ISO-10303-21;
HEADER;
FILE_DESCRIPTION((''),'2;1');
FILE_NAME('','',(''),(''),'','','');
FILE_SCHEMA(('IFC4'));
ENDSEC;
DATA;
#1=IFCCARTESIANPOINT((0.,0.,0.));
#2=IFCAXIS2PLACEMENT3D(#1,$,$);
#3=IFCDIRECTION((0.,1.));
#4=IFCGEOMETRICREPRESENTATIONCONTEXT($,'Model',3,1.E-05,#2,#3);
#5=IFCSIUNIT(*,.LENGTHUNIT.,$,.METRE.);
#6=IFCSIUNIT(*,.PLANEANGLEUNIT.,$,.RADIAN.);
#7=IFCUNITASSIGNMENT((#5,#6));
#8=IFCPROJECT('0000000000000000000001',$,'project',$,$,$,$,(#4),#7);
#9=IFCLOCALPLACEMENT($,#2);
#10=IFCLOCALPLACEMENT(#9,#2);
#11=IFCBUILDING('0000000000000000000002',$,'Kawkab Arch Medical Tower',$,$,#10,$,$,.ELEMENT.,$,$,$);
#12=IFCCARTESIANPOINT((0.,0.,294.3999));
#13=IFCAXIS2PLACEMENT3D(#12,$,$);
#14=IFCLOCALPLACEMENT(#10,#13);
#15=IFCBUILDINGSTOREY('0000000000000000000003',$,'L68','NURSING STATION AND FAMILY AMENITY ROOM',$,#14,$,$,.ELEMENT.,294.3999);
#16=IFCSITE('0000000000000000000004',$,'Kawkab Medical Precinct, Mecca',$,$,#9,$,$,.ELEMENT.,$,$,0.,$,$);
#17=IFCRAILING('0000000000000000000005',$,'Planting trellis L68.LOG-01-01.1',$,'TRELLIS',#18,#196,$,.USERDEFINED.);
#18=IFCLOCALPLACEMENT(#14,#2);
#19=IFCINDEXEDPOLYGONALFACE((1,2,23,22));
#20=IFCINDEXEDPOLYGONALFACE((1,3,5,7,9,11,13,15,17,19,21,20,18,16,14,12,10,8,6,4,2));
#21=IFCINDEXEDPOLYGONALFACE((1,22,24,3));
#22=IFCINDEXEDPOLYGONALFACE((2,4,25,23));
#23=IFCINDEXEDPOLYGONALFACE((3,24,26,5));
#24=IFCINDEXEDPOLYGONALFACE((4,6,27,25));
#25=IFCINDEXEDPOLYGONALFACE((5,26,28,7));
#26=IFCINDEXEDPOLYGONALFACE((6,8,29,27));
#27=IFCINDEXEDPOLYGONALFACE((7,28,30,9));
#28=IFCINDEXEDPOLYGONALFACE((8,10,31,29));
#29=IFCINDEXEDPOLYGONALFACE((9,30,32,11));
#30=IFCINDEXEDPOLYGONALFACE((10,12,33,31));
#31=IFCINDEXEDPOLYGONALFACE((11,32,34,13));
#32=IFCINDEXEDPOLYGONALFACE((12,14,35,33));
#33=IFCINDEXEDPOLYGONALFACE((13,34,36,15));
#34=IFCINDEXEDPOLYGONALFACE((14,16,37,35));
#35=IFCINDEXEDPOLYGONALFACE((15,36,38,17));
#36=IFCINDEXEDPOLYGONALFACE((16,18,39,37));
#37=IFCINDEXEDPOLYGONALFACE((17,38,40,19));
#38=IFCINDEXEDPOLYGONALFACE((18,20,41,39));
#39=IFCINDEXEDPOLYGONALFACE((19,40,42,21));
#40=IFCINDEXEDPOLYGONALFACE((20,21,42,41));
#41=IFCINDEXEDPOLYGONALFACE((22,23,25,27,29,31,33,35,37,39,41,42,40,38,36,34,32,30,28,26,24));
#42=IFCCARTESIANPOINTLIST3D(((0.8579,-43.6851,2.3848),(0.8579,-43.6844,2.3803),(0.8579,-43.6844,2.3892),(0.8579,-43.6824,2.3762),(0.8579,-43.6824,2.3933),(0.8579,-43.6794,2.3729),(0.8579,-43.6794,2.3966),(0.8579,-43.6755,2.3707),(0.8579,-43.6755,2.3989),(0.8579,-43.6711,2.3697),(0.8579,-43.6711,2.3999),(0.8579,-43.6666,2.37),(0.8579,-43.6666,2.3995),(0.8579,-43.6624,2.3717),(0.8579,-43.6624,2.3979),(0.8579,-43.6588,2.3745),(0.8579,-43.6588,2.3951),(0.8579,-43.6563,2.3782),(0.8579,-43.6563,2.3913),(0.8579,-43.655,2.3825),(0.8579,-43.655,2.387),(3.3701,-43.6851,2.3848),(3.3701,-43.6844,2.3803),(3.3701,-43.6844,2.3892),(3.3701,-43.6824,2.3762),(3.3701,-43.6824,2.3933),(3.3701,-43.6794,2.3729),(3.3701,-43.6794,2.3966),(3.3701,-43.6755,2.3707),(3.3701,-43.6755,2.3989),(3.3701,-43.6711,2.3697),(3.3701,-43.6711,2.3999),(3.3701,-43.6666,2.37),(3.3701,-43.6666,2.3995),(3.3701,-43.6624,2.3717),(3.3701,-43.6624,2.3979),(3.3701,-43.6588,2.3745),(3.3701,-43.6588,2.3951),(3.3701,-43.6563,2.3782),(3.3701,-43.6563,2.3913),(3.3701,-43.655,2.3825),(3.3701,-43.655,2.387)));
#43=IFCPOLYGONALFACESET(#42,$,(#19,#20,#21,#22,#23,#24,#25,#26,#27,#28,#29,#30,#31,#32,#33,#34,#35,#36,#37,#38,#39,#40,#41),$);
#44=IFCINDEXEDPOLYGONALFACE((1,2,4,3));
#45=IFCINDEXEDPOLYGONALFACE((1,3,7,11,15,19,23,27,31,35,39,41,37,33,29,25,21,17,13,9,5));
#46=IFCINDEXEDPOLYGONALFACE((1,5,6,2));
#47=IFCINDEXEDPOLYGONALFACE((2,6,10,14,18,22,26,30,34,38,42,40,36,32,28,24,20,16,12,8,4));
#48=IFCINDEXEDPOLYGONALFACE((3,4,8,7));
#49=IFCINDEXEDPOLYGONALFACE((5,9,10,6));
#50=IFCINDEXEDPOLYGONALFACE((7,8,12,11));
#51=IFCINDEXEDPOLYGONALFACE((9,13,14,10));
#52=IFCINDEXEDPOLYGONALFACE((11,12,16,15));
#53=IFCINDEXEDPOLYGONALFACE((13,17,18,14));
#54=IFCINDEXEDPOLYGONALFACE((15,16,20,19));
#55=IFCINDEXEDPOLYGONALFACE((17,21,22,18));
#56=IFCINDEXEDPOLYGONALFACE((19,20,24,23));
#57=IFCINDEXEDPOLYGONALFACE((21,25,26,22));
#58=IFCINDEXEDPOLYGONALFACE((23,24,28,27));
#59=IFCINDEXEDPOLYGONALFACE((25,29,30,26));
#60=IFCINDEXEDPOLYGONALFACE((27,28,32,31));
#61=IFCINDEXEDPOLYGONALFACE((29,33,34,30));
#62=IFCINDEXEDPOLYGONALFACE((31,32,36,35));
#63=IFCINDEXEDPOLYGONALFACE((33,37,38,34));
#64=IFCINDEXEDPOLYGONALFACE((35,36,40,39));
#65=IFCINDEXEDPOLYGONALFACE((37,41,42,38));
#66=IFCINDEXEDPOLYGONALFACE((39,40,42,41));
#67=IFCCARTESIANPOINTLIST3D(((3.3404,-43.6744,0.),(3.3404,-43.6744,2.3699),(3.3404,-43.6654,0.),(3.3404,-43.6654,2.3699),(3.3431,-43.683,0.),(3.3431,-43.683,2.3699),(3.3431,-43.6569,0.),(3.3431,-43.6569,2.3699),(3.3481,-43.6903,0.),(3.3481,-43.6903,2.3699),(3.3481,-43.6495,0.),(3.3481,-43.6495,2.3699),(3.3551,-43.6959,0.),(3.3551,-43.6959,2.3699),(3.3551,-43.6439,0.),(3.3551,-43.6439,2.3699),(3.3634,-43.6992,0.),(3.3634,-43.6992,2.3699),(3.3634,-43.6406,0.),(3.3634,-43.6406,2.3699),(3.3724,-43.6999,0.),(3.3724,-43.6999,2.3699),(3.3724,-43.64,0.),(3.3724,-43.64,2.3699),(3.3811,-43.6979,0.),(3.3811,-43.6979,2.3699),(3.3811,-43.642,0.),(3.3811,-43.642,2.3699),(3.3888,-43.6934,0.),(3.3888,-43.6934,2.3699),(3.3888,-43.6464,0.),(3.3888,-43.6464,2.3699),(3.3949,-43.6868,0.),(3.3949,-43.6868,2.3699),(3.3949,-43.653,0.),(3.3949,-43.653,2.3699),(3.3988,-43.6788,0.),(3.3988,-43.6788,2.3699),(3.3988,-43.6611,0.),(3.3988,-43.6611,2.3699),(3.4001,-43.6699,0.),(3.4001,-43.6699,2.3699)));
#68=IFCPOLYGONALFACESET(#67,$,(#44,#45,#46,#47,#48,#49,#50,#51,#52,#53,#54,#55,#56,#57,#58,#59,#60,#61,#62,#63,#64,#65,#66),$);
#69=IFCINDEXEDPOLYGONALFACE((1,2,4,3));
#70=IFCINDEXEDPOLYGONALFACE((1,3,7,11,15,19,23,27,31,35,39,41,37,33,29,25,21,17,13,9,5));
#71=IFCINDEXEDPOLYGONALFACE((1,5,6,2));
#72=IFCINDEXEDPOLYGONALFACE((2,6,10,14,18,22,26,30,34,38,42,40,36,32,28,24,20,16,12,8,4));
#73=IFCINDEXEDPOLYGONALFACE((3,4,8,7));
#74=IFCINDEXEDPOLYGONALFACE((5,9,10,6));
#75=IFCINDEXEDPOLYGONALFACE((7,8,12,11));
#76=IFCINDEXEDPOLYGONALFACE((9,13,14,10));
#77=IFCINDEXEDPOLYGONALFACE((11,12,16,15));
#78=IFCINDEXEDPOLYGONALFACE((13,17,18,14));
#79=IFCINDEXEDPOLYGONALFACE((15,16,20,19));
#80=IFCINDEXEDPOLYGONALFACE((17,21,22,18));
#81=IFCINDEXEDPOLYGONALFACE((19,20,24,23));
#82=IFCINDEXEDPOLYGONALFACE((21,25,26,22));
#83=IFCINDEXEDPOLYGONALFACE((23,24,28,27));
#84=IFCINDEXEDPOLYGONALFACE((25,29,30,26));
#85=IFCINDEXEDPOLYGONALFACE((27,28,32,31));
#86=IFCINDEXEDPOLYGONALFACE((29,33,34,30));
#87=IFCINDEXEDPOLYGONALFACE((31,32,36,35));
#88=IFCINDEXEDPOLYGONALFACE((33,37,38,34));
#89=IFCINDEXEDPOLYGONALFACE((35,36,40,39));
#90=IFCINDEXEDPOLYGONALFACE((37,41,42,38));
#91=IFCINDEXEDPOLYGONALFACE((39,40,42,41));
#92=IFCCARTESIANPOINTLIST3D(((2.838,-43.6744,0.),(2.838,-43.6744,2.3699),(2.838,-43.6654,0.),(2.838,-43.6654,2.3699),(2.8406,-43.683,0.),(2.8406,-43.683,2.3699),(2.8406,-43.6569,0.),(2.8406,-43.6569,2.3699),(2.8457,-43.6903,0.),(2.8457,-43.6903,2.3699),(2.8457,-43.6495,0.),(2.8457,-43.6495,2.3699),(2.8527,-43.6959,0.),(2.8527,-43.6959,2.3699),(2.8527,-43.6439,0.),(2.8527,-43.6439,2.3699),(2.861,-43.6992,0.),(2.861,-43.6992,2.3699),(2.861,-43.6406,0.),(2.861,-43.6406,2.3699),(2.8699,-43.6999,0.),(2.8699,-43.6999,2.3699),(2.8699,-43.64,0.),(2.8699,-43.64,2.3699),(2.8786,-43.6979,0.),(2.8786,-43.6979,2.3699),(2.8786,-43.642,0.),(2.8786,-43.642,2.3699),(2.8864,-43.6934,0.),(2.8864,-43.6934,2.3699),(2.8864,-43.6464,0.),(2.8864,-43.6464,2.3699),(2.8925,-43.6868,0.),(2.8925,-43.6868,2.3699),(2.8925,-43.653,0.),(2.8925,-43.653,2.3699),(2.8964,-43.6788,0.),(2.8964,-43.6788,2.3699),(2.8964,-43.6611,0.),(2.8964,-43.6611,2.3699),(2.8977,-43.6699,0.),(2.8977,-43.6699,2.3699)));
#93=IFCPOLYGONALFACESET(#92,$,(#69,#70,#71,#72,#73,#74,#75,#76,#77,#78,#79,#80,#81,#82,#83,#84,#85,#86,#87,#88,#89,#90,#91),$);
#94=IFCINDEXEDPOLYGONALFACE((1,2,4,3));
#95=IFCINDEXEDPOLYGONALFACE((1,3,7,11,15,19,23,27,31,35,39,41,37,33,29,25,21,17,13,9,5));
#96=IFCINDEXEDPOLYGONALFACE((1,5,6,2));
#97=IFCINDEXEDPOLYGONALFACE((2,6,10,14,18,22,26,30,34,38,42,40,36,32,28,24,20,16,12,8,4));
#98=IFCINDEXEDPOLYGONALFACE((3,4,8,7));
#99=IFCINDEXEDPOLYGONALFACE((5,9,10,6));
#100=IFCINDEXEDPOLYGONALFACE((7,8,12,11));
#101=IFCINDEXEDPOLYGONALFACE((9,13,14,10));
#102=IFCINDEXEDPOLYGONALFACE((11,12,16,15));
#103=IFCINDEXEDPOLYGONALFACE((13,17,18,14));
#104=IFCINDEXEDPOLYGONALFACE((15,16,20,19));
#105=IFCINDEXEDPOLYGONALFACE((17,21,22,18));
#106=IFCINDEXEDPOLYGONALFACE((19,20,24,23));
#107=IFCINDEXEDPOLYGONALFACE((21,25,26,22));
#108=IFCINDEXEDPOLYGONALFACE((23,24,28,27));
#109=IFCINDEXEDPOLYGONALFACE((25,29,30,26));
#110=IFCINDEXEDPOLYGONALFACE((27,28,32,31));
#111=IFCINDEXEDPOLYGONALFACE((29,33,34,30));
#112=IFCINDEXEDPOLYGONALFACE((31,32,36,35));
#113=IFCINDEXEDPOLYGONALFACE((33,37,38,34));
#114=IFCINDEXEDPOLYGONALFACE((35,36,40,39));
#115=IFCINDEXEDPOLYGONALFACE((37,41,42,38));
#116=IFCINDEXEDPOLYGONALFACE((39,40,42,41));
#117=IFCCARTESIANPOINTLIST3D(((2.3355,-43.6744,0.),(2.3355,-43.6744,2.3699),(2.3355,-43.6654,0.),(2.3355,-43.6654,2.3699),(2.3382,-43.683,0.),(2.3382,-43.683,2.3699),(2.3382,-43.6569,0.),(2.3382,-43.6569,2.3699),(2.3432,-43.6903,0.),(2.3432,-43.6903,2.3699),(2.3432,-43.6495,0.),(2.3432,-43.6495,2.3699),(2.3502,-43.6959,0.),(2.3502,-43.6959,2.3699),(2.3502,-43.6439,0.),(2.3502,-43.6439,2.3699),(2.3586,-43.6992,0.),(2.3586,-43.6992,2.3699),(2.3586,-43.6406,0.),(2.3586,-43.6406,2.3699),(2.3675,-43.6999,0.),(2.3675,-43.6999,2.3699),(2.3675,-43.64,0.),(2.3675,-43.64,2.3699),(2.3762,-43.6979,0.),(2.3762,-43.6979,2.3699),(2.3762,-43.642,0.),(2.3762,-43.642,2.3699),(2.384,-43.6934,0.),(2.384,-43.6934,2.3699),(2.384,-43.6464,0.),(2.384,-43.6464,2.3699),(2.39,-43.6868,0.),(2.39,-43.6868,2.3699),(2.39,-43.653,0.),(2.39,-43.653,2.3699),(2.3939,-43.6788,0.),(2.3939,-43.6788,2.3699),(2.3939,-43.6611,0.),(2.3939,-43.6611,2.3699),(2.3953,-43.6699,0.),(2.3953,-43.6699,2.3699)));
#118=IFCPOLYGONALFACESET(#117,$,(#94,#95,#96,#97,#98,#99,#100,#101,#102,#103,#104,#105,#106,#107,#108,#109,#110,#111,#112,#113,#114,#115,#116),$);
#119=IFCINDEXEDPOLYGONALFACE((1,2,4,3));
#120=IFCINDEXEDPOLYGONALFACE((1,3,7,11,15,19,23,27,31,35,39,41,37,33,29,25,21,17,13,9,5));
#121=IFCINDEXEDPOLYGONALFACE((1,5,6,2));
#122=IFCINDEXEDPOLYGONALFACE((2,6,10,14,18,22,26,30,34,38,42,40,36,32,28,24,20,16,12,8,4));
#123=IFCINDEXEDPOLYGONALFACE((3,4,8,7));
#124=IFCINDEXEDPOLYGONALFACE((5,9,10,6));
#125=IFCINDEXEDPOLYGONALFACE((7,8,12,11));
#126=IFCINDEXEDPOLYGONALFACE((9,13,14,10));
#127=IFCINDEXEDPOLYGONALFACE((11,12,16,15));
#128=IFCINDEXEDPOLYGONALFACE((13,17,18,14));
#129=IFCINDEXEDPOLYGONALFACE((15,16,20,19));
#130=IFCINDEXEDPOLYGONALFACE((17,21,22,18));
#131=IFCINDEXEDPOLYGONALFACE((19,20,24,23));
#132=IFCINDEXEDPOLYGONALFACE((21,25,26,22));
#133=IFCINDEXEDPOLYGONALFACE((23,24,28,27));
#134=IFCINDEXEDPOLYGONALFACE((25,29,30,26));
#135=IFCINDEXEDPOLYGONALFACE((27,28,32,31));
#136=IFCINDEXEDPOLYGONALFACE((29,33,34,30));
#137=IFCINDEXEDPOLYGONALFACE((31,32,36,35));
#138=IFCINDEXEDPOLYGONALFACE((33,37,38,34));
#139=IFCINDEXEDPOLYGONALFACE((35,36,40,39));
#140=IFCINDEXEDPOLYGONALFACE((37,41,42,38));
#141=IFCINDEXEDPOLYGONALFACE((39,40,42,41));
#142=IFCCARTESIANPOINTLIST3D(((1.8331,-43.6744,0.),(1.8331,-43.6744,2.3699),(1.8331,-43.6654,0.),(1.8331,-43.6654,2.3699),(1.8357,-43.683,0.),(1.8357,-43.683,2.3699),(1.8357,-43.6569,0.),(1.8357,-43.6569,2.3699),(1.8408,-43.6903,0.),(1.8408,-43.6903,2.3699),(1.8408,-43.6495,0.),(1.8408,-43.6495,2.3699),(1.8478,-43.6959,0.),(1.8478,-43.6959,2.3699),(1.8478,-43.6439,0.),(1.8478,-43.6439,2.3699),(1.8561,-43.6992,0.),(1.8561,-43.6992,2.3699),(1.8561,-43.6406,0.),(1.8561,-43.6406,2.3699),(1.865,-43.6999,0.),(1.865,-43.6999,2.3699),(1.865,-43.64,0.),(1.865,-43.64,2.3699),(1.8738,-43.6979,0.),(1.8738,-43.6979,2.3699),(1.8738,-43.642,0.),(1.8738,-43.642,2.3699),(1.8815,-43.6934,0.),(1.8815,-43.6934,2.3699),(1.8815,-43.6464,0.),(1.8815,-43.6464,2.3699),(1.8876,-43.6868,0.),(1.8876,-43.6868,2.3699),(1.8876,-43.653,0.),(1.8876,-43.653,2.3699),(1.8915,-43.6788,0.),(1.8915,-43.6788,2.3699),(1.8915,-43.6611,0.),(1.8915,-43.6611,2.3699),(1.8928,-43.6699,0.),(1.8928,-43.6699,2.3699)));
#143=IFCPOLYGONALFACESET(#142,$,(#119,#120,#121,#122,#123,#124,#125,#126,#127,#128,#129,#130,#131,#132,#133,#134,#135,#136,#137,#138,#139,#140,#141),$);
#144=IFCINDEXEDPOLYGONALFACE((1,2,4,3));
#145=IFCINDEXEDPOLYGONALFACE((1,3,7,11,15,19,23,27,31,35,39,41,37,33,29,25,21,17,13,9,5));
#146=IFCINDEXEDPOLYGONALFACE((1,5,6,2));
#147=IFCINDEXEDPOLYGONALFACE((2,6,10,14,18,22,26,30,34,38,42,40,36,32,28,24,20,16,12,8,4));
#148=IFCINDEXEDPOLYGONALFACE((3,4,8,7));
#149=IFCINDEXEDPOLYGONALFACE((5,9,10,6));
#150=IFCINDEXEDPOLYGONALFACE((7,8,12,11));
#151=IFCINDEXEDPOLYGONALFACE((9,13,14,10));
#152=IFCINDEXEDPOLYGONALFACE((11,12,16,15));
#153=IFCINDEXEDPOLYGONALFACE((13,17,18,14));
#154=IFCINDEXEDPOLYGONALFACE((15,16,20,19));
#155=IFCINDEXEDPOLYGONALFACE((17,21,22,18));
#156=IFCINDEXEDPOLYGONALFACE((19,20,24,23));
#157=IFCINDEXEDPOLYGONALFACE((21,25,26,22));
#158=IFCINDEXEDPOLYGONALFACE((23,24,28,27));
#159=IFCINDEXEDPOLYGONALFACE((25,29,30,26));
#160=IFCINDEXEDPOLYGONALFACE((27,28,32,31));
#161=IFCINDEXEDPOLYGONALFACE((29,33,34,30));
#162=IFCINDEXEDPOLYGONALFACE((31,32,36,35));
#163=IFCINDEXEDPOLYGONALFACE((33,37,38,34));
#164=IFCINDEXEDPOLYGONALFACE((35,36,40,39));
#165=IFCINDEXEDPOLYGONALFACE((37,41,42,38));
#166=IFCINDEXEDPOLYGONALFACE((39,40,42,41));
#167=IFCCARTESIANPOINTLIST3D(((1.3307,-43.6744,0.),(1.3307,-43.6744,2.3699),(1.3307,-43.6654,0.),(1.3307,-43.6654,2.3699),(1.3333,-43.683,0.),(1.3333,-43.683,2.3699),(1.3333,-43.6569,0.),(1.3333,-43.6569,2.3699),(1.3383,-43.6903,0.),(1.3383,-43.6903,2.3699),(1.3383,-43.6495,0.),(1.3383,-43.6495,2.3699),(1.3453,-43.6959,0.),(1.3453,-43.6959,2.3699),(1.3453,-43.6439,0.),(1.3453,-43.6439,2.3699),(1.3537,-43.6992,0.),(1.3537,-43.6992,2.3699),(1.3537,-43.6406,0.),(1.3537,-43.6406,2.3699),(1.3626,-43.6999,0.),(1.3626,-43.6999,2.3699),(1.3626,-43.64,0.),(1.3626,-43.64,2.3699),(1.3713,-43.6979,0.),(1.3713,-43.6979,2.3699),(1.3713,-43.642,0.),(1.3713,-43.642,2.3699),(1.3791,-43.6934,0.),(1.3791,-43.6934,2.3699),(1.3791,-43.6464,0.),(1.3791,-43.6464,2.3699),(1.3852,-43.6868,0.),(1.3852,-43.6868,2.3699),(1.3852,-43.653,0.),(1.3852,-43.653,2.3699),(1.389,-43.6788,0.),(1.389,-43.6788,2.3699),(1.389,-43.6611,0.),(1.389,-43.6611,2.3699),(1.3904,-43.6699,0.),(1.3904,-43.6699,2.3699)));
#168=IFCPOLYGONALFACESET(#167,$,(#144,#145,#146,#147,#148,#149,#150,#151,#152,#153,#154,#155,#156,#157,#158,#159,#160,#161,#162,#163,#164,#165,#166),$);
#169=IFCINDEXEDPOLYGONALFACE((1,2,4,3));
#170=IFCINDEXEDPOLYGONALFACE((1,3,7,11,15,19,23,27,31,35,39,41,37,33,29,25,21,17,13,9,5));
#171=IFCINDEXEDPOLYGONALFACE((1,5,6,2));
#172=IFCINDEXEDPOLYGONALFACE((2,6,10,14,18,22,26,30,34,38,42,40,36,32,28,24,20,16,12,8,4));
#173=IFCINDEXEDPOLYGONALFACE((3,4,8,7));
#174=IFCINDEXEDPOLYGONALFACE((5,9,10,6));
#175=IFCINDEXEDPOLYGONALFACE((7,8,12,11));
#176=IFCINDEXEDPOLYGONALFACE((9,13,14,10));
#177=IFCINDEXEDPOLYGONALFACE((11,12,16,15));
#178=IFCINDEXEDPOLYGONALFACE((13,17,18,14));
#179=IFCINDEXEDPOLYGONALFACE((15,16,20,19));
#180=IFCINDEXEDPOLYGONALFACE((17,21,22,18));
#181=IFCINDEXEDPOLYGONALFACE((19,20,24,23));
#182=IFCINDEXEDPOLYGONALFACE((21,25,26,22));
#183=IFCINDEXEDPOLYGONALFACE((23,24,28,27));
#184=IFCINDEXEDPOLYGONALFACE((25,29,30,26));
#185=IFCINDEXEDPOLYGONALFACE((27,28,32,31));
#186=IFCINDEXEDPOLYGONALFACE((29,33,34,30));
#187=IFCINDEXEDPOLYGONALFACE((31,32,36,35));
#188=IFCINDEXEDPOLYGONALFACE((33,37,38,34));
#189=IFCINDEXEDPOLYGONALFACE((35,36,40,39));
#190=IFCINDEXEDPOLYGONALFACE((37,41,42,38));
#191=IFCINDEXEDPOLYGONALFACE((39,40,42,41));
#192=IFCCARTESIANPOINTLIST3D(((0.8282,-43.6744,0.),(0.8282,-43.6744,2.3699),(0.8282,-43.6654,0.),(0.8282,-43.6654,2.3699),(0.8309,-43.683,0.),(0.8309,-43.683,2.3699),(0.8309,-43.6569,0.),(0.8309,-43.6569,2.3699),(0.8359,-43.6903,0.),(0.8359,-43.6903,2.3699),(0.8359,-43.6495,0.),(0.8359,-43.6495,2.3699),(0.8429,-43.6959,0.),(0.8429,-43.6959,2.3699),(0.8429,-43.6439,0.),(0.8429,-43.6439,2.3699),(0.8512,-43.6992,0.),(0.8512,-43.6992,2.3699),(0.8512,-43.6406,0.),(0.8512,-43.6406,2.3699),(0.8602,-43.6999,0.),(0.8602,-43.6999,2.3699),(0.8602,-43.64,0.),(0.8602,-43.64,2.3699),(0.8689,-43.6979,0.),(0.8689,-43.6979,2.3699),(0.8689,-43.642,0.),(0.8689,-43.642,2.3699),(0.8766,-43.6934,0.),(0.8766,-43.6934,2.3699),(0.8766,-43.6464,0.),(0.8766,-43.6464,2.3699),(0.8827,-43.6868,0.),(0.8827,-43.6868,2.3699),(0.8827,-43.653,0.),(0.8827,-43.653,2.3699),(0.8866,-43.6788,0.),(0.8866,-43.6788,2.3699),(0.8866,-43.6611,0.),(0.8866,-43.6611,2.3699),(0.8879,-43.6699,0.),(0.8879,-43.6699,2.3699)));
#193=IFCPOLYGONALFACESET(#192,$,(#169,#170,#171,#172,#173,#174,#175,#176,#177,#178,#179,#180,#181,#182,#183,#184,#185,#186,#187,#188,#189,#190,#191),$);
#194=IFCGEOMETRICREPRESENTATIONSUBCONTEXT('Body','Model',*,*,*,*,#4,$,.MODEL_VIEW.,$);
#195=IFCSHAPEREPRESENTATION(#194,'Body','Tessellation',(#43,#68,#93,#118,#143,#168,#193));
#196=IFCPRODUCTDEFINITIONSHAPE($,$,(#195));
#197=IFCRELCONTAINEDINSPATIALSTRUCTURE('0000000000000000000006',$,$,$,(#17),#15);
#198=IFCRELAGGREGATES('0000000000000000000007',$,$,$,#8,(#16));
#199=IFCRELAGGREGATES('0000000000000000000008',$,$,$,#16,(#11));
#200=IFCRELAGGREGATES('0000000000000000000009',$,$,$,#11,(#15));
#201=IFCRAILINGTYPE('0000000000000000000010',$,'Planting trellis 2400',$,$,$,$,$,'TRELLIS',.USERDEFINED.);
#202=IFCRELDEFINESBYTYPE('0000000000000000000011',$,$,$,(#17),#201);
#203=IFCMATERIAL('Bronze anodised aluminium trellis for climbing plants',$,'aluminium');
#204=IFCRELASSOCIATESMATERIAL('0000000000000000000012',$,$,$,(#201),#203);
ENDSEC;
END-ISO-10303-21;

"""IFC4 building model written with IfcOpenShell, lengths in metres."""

from ifc_helpers import new_model, si_unit, direction, frame, origin, origin_2d, place, context, subcontext, project, spatial, circle, extrude, material, type_object, element, save


model = new_model("IFC4")

# Units and contexts
model_context = context("Model", 3, precision=1e-05, world=origin(), true_north=direction((0.0, 1.0)))
body_context = subcontext(model_context, "Body", "Model", "MODEL_VIEW")
ifc_project = project(units=[si_unit("LENGTHUNIT", "METRE"), si_unit("PLANEANGLEUNIT", "RADIAN")], contexts=[model_context])

# Site, building, storey
site_placement = place(None, origin())
site = spatial("IfcSite", under=ifc_project, at=site_placement, Name="Kawkab Medical Precinct, Mecca", CompositionType="ELEMENT", RefElevation=0.0)
building_placement = place(site_placement, origin())
building = spatial("IfcBuilding", under=site, at=building_placement, Name="Kawkab Arch Medical Tower", CompositionType="ELEMENT")
storey_placement = place(building_placement, frame((0.0, 0.0, 294.3999)))
storey = spatial("IfcBuildingStorey", under=building, at=storey_placement, Name="L68", Description="NURSING STATION AND FAMILY AMENITY ROOM", CompositionType="ELEMENT", Elevation=294.3999)

# Railing
ifc_material_1 = material(Name="Bronze anodised aluminium trellis for climbing plants", Category="aluminium")
railing_type_1 = type_object("IfcRailingType", Name="Planting trellis 2400", ElementType="TRELLIS", PredefinedType="USERDEFINED", material=ifc_material_1)
railing_1_placement = place(storey_placement, frame((3.3701, -43.6699, 0.0)))
element("IfcRailing", 1, at=railing_1_placement, inside=storey, type_object=railing_type_1, Name="Planting trellis L68.LOG-01-01.1", ObjectType="TRELLIS", PredefinedType="USERDEFINED", context=body_context, shape_type="SweptSolid", body=[
    extrude(circle(Radius=0.0151, at=origin_2d()), frame((0.0, 0.0, 2.3848), z_axis=(-1.0, 0.0, 0.0), x_axis=(0.0, -1.0, 0.0)), (0.0, 0.0, 1.0), 2.5122),
    extrude(circle(Radius=0.03, at=origin_2d()), origin(), (0.0, 0.0, 1.0), 2.3699),
    extrude(circle(Radius=0.03, at=origin_2d()), frame((-0.5024, 0.0, 0.0)), (0.0, 0.0, 1.0), 2.3699),
    extrude(circle(Radius=0.03, at=origin_2d()), frame((-1.0049, 0.0, 0.0)), (0.0, 0.0, 1.0), 2.3699),
    extrude(circle(Radius=0.03, at=origin_2d()), frame((-1.5073, 0.0, 0.0)), (0.0, 0.0, 1.0), 2.3699),
    extrude(circle(Radius=0.03, at=origin_2d()), frame((-2.0098, 0.0, 0.0)), (0.0, 0.0, 1.0), 2.3699),
    extrude(circle(Radius=0.03, at=origin_2d()), frame((-2.5122, 0.0, 0.0)), (0.0, 0.0, 1.0), 2.3699),
])

save(model, "model.ifc")
